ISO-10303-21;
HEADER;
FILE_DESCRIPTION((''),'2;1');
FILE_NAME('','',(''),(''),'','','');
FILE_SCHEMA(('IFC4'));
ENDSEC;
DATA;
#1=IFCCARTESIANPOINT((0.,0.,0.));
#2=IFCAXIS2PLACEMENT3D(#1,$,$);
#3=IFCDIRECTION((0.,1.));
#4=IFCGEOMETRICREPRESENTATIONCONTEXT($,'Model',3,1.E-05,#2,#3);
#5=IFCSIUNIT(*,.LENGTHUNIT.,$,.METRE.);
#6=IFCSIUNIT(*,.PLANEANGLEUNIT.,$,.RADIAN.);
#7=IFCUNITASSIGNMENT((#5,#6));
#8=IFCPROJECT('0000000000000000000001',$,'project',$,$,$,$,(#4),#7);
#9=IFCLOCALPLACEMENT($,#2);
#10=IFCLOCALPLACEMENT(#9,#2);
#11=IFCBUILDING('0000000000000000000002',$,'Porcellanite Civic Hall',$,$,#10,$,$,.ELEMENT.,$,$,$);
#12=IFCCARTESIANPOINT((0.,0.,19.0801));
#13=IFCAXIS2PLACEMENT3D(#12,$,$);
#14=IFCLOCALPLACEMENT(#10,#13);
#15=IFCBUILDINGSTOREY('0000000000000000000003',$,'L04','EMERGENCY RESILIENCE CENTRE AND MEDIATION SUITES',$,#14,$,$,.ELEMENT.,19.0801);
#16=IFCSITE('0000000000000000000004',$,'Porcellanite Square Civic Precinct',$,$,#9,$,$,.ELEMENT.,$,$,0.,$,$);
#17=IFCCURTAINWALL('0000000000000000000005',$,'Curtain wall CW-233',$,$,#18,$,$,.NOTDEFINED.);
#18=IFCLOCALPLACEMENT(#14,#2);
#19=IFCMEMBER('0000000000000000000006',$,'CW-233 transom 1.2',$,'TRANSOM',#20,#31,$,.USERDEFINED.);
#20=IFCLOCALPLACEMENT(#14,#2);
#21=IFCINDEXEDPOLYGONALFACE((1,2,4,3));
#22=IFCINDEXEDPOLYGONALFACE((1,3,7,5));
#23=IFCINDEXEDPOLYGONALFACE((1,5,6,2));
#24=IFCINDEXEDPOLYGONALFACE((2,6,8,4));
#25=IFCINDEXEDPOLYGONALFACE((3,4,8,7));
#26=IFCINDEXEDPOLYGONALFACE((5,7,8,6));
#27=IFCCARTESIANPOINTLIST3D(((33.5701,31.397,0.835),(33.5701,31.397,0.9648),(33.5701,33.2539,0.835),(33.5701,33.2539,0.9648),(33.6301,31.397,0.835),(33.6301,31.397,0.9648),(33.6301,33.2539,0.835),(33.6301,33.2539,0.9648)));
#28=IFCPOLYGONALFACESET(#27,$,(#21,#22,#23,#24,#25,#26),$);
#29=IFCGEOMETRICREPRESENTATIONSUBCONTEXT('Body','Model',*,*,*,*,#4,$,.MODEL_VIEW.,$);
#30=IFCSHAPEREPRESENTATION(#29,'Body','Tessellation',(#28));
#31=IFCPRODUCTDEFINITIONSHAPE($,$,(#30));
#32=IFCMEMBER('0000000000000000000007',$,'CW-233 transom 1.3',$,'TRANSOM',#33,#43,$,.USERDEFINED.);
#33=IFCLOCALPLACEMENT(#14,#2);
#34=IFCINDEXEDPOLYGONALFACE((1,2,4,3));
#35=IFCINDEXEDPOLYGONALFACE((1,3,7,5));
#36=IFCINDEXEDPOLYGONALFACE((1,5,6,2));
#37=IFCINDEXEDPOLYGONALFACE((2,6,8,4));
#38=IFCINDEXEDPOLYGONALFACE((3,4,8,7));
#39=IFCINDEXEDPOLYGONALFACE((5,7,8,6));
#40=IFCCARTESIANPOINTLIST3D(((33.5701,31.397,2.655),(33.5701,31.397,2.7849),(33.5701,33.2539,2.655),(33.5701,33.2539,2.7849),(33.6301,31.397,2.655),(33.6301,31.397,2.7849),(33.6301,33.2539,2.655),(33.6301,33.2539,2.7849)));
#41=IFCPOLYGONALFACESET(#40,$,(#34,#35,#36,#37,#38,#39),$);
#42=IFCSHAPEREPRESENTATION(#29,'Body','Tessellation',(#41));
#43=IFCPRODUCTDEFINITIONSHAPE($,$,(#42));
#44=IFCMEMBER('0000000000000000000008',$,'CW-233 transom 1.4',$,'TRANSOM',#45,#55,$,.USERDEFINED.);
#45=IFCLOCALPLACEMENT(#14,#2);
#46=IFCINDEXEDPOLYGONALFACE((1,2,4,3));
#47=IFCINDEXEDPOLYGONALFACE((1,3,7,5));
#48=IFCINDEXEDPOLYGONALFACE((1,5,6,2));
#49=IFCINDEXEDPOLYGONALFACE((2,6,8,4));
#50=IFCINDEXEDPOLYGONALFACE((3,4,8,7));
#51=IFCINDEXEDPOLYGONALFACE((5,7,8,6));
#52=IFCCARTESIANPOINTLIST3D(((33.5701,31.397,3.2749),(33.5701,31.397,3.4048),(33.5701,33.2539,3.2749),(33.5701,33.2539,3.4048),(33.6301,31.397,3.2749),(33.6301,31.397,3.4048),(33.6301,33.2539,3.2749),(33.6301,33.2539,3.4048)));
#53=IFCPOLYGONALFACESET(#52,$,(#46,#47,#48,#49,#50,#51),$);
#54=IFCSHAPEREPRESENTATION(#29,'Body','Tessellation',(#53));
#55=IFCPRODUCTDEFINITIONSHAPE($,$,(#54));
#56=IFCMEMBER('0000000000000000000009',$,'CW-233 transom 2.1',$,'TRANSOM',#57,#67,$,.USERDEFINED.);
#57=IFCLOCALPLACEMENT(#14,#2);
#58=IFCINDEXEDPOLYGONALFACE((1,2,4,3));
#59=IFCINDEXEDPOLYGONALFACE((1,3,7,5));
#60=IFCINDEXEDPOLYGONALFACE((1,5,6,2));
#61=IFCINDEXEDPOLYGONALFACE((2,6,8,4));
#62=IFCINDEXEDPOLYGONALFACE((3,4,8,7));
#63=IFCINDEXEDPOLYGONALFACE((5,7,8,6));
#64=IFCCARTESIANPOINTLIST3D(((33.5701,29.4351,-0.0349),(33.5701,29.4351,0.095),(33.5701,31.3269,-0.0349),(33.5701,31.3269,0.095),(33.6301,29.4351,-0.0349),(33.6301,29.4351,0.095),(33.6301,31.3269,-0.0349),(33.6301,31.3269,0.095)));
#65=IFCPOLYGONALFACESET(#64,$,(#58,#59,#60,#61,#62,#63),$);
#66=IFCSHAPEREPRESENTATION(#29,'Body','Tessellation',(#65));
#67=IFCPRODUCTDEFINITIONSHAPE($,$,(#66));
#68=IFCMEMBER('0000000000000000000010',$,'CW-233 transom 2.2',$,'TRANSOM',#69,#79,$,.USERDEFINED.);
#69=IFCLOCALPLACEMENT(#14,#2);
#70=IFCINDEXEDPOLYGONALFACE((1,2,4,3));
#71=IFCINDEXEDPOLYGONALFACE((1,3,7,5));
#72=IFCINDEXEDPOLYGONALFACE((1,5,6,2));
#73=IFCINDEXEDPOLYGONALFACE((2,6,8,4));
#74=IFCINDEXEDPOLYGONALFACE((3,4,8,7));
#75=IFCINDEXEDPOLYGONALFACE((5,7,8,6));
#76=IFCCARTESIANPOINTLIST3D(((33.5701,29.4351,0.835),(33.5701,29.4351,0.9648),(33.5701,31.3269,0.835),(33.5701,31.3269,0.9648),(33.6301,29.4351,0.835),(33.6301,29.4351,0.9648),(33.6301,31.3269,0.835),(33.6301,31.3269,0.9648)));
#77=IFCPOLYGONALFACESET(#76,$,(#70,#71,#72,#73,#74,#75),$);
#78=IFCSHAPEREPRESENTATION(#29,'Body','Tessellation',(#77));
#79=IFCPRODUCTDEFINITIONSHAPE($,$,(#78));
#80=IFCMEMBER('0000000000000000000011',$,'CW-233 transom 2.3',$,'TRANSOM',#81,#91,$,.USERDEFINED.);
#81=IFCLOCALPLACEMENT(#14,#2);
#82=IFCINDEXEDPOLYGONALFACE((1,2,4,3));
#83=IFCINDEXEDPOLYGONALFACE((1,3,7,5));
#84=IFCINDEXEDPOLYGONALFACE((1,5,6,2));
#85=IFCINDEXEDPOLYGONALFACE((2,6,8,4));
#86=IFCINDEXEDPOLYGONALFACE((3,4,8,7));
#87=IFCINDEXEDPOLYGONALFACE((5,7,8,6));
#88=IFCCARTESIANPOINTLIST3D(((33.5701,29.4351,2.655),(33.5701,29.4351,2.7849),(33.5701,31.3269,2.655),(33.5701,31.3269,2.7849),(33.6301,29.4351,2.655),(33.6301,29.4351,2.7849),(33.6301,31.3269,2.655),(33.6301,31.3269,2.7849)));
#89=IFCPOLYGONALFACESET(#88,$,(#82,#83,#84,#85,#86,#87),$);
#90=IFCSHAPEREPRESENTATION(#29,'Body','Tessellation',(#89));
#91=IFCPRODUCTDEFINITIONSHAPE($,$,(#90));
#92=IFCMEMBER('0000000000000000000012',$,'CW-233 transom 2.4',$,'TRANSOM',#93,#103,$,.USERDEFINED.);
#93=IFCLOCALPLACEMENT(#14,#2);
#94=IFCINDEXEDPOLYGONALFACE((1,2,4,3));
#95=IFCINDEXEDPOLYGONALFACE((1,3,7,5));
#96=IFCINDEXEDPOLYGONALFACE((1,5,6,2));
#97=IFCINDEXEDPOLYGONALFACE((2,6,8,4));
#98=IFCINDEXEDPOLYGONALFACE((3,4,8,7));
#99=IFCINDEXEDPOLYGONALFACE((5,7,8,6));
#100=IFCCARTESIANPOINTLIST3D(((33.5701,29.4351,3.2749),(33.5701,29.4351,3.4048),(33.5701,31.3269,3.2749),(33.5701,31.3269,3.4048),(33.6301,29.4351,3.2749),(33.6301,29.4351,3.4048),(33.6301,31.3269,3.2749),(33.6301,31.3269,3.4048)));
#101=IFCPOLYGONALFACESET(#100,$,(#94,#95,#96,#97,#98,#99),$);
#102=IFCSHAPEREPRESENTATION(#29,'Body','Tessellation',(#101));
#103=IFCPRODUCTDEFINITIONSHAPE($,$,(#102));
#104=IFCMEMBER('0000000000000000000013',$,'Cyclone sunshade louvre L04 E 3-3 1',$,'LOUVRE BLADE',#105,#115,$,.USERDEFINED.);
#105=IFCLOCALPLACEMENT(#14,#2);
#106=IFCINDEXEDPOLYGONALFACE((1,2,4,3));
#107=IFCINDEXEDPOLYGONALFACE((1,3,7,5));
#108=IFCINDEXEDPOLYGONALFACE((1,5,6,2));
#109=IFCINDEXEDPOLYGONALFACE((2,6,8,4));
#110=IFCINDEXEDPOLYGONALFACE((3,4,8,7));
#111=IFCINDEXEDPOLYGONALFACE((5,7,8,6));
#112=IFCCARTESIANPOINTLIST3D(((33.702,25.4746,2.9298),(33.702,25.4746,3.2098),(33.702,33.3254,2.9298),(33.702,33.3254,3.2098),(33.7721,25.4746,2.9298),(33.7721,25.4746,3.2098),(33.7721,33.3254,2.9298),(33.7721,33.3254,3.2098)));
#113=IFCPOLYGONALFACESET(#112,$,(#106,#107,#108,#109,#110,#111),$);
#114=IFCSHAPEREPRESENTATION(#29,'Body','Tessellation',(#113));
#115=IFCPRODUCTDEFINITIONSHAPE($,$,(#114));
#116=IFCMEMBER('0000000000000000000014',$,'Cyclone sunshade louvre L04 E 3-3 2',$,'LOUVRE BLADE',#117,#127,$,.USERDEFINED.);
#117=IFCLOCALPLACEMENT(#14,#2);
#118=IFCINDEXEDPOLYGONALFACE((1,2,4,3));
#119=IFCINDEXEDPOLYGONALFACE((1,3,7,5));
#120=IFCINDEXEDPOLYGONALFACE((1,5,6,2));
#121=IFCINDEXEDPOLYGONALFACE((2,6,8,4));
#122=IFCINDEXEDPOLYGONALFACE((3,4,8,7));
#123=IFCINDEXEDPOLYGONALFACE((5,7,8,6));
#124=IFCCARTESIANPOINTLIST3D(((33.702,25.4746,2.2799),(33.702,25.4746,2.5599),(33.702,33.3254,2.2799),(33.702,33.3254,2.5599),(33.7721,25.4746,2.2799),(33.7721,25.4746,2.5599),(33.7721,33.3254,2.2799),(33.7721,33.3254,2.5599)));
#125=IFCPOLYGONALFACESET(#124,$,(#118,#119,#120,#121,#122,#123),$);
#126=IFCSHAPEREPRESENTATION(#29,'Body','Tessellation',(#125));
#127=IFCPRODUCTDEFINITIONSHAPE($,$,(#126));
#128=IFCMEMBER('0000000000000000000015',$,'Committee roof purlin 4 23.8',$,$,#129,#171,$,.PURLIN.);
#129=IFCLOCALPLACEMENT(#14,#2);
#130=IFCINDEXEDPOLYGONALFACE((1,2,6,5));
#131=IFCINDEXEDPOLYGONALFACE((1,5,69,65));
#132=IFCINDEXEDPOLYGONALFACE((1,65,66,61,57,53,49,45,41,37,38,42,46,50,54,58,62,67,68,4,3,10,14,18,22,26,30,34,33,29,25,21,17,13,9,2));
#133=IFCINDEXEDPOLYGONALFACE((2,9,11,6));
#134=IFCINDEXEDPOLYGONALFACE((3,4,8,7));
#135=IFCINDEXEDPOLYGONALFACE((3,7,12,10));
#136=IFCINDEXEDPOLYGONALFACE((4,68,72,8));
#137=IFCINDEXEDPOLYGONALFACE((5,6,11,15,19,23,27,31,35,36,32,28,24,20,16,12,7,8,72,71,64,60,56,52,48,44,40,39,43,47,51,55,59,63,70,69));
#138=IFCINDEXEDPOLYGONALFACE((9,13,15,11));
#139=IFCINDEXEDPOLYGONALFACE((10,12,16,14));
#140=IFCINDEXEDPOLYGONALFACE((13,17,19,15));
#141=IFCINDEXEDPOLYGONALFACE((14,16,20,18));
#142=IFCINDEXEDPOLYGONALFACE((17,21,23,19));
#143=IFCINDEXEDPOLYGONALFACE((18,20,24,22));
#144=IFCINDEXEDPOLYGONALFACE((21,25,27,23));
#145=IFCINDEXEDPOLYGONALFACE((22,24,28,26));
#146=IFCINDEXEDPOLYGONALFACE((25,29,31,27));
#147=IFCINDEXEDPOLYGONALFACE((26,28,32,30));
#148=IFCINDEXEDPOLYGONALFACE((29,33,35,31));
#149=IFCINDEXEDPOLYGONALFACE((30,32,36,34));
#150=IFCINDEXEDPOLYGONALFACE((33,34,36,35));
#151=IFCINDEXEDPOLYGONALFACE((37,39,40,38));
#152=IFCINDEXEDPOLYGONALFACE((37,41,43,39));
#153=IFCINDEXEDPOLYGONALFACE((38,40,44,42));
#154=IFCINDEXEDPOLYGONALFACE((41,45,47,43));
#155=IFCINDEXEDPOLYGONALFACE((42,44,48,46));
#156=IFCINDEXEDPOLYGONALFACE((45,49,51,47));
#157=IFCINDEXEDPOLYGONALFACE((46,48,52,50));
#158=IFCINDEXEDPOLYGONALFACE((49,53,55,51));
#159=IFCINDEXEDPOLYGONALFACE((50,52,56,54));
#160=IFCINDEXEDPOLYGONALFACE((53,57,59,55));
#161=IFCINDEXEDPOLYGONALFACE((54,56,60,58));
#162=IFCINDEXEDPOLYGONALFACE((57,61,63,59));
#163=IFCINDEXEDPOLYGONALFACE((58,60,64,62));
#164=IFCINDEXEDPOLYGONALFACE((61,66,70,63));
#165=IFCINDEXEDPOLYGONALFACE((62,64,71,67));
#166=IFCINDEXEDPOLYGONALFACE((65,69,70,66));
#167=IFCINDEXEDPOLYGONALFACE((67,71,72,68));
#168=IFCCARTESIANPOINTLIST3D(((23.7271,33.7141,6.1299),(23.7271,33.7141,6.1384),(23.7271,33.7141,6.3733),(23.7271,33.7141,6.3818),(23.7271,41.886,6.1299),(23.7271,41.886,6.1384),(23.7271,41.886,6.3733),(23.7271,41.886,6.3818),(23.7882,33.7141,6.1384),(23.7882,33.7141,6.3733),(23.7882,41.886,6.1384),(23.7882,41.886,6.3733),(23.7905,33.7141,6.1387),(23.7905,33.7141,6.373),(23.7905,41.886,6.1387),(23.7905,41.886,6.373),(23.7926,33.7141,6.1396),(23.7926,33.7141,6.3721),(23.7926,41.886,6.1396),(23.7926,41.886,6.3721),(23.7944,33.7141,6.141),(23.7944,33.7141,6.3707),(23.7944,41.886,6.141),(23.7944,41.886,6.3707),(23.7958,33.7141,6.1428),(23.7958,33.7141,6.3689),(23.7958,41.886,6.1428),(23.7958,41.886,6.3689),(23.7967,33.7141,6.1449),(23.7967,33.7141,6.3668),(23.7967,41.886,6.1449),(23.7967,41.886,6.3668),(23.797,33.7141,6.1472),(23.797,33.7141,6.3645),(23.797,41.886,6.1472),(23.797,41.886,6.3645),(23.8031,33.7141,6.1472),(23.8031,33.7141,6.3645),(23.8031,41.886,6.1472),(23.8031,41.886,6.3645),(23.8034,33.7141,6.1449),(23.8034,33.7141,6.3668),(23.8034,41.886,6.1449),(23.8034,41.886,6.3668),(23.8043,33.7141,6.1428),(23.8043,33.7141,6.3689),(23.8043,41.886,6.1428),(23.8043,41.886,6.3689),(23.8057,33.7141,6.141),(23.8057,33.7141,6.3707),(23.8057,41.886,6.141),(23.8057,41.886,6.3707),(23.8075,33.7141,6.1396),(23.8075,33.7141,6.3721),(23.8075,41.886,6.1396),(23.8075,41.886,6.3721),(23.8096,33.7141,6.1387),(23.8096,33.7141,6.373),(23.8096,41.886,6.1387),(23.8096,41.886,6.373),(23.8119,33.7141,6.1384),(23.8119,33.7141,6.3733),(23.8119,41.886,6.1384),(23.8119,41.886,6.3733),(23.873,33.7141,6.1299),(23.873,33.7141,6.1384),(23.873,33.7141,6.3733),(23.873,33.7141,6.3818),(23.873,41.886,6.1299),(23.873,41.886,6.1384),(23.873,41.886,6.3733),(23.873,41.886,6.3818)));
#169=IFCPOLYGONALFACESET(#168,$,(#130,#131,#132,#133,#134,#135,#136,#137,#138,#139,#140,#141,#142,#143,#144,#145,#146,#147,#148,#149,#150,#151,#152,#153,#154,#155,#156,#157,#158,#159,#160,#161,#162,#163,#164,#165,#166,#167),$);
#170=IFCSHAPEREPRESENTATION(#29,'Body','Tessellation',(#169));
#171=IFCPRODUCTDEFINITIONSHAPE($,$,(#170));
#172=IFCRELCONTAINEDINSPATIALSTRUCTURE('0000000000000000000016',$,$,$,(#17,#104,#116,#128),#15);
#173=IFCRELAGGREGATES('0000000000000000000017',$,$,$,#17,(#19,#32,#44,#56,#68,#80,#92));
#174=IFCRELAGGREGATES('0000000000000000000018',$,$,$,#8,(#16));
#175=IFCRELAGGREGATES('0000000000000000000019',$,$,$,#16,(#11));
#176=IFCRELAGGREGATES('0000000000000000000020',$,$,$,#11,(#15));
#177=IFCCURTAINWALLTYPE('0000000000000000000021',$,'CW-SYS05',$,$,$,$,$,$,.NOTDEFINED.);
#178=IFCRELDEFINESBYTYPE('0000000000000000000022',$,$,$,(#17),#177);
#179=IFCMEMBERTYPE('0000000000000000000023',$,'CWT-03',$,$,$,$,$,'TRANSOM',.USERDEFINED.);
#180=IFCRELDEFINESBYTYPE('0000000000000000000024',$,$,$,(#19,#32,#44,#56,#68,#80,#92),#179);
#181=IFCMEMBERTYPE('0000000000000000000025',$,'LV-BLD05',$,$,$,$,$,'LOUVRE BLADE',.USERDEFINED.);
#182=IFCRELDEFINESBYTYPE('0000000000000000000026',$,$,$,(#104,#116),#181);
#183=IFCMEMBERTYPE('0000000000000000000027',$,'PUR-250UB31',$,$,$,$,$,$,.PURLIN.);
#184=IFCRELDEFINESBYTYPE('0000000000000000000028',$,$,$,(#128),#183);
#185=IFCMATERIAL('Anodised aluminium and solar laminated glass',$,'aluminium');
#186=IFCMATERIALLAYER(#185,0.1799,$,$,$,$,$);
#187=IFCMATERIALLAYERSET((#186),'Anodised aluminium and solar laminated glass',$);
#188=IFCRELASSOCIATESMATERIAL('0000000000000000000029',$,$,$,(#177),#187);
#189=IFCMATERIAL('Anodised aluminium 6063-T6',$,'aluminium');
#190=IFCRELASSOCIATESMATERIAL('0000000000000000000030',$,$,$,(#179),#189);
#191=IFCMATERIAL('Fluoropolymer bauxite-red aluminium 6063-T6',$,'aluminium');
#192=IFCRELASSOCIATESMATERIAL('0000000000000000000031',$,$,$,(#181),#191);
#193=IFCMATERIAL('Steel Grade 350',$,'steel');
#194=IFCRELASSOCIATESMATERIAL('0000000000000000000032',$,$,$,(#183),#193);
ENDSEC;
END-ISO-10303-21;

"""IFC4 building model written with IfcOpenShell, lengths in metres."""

from ifc_helpers import new_model, si_unit, direction, frame, origin, origin_2d, place, context, subcontext, project, spatial, rectangle, i_section, extrude, material, layer, layer_set, material_profile, profile_set, type_object, element, aggregate, save


model = new_model("IFC4")

# Units and contexts
model_context = context("Model", 3, precision=1e-05, world=origin(), true_north=direction((0.0, 1.0)))
body_context = subcontext(model_context, "Body", "Model", "MODEL_VIEW")
ifc_project = project(units=[si_unit("LENGTHUNIT", "METRE"), si_unit("PLANEANGLEUNIT", "RADIAN")], contexts=[model_context])

# Site, building, storey
site_placement = place(None, origin())
site = spatial("IfcSite", under=ifc_project, at=site_placement, Name="Porcellanite Square Civic Precinct", CompositionType="ELEMENT", RefElevation=0.0)
building_placement = place(site_placement, origin())
building = spatial("IfcBuilding", under=site, at=building_placement, Name="Porcellanite Civic Hall", CompositionType="ELEMENT")
storey_placement = place(building_placement, frame((0.0, 0.0, 19.0801)))
storey = spatial("IfcBuildingStorey", under=building, at=storey_placement, Name="L04", Description="EMERGENCY RESILIENCE CENTRE AND MEDIATION SUITES", CompositionType="ELEMENT", Elevation=19.0801)

# Curtain wall, members
ifc_material_1 = material(Name="Anodised aluminium and solar laminated glass", Category="aluminium")
ifc_layer_1 = layer(ifc_material_1, 0.1799)
ifc_layer_set_1 = layer_set([ifc_layer_1], Name="Anodised aluminium and solar laminated glass")
curtain_wall_type = type_object("IfcCurtainWallType", Name="CW-SYS05", PredefinedType="NOTDEFINED", material=ifc_layer_set_1)
curtain_wall_placement = place(storey_placement, origin())
curtain_wall = element("IfcCurtainWall", 1, at=curtain_wall_placement, inside=storey, type_object=curtain_wall_type, Name="Curtain wall CW-233", PredefinedType="NOTDEFINED")
ifc_material_2 = material(Name="Anodised aluminium 6063-T6", Category="aluminium")
ifc_material_profile_1 = material_profile(ifc_material_2, rectangle(XDim=0.0601, YDim=0.1299, at=origin_2d()), Name="AL-60x130")
ifc_profile_set_1 = profile_set([ifc_material_profile_1], Name="Anodised aluminium 6063-T6")
member_type_1 = type_object("IfcMemberType", Name="CWT-03", ElementType="TRANSOM", PredefinedType="USERDEFINED", material=ifc_profile_set_1)
member_1_placement = place(storey_placement, frame((33.6001, 33.2539, 0.8999), z_axis=(0.0, -1.0, 0.0), x_axis=(1.0, 0.0, 0.0)))
member_1 = element("IfcMember", 2, at=member_1_placement, type_object=member_type_1, Name="CW-233 transom 1.2", ObjectType="TRANSOM", PredefinedType="USERDEFINED", context=body_context, shape_type="SweptSolid", body=[
    extrude(rectangle(XDim=0.0601, YDim=0.1299, at=origin_2d()), origin(), (0.0, 0.0, 1.0), 1.8569),
])
member_2_placement = place(storey_placement, frame((33.6001, 33.2539, 2.72), z_axis=(0.0, -1.0, 0.0), x_axis=(1.0, 0.0, 0.0)))
member_2 = element("IfcMember", 3, at=member_2_placement, type_object=member_type_1, Name="CW-233 transom 1.3", ObjectType="TRANSOM", PredefinedType="USERDEFINED", context=body_context, shape_type="SweptSolid", body=[
    extrude(rectangle(XDim=0.0601, YDim=0.1299, at=origin_2d()), origin(), (0.0, 0.0, 1.0), 1.8569),
])
member_3_placement = place(storey_placement, frame((33.6001, 33.2539, 3.3398), z_axis=(0.0, -1.0, 0.0), x_axis=(1.0, 0.0, 0.0)))
member_3 = element("IfcMember", 4, at=member_3_placement, type_object=member_type_1, Name="CW-233 transom 1.4", ObjectType="TRANSOM", PredefinedType="USERDEFINED", context=body_context, shape_type="SweptSolid", body=[
    extrude(rectangle(XDim=0.0601, YDim=0.1299, at=origin_2d()), origin(), (0.0, 0.0, 1.0), 1.8569),
])
member_4_placement = place(storey_placement, frame((33.6001, 31.3269, 0.03), z_axis=(0.0, -1.0, 0.0), x_axis=(1.0, 0.0, 0.0)))
member_4 = element("IfcMember", 5, at=member_4_placement, type_object=member_type_1, Name="CW-233 transom 2.1", ObjectType="TRANSOM", PredefinedType="USERDEFINED", context=body_context, shape_type="SweptSolid", body=[
    extrude(rectangle(XDim=0.0601, YDim=0.1299, at=origin_2d()), origin(), (0.0, 0.0, 1.0), 1.8918),
])
member_5_placement = place(storey_placement, frame((33.6001, 31.3269, 0.8999), z_axis=(0.0, -1.0, 0.0), x_axis=(1.0, 0.0, 0.0)))
member_5 = element("IfcMember", 6, at=member_5_placement, type_object=member_type_1, Name="CW-233 transom 2.2", ObjectType="TRANSOM", PredefinedType="USERDEFINED", context=body_context, shape_type="SweptSolid", body=[
    extrude(rectangle(XDim=0.0601, YDim=0.1299, at=origin_2d()), origin(), (0.0, 0.0, 1.0), 1.8918),
])
member_6_placement = place(storey_placement, frame((33.6001, 31.3269, 2.72), z_axis=(0.0, -1.0, 0.0), x_axis=(1.0, 0.0, 0.0)))
member_6 = element("IfcMember", 7, at=member_6_placement, type_object=member_type_1, Name="CW-233 transom 2.3", ObjectType="TRANSOM", PredefinedType="USERDEFINED", context=body_context, shape_type="SweptSolid", body=[
    extrude(rectangle(XDim=0.0601, YDim=0.1299, at=origin_2d()), origin(), (0.0, 0.0, 1.0), 1.8918),
])
member_7_placement = place(storey_placement, frame((33.6001, 31.3269, 3.3398), z_axis=(0.0, -1.0, 0.0), x_axis=(1.0, 0.0, 0.0)))
member_7 = element("IfcMember", 8, at=member_7_placement, type_object=member_type_1, Name="CW-233 transom 2.4", ObjectType="TRANSOM", PredefinedType="USERDEFINED", context=body_context, shape_type="SweptSolid", body=[
    extrude(rectangle(XDim=0.0601, YDim=0.1299, at=origin_2d()), origin(), (0.0, 0.0, 1.0), 1.8918),
])

# Members
ifc_material_3 = material(Name="Fluoropolymer bauxite-red aluminium 6063-T6", Category="aluminium")
ifc_material_profile_2 = material_profile(ifc_material_3, rectangle(XDim=0.0701, YDim=0.28, at=origin_2d()), Name="AL-70x280")
ifc_profile_set_2 = profile_set([ifc_material_profile_2], Name="Fluoropolymer bauxite-red aluminium 6063-T6")
member_type_2 = type_object("IfcMemberType", Name="LV-BLD05", ElementType="LOUVRE BLADE", PredefinedType="USERDEFINED", material=ifc_profile_set_2)
for number, where, z_axis, x_axis, name in (
    (9, (33.7371, 33.3254, 3.0698), (0.0, -1.0, 0.0), (1.0, 0.0, 0.0), "Cyclone sunshade louvre L04 E 3-3 1"),
    (10, (33.7371, 33.3254, 2.4199), (0.0, -1.0, 0.0), (1.0, 0.0, 0.0), "Cyclone sunshade louvre L04 E 3-3 2"),
):
    element("IfcMember", number, at=place(storey_placement, frame(where, z_axis=z_axis, x_axis=x_axis)), inside=storey, type_object=member_type_2, Name=name, ObjectType="LOUVRE BLADE", PredefinedType="USERDEFINED", context=body_context, shape_type="SweptSolid", body=[
        extrude(rectangle(XDim=0.0701, YDim=0.28, at=origin_2d()), origin(), (0.0, 0.0, 1.0), 7.8508),
    ])
ifc_material_4 = material(Name="Steel Grade 350", Category="steel")
ifc_material_profile_3 = material_profile(ifc_material_4, i_section(OverallWidth=0.146, OverallDepth=0.252, WebThickness=0.0061, FlangeThickness=0.0085, FilletRadius=0.0088, at=origin_2d()), Name="250UB31.4")
ifc_profile_set_3 = profile_set([ifc_material_profile_3], Name="Steel Grade 350")
member_type_3 = type_object("IfcMemberType", Name="PUR-250UB31", PredefinedType="PURLIN", material=ifc_profile_set_3)
member_8_placement = place(storey_placement, frame((23.8, 33.7141, 6.2559), z_axis=(0.0, 1.0, 0.0), x_axis=(-1.0, 0.0, 0.0)))
element("IfcMember", 11, at=member_8_placement, inside=storey, type_object=member_type_3, Name="Committee roof purlin 4 23.8", PredefinedType="PURLIN", context=body_context, shape_type="SweptSolid", body=[
    extrude(i_section(OverallWidth=0.146, OverallDepth=0.252, WebThickness=0.0061, FlangeThickness=0.0085, FilletRadius=0.0088, at=origin_2d()), origin(), (0.0, 0.0, 1.0), 8.1719),
])

aggregate(curtain_wall, [member_1, member_2, member_3, member_4, member_5, member_6, member_7])

save(model, "model.ifc")
